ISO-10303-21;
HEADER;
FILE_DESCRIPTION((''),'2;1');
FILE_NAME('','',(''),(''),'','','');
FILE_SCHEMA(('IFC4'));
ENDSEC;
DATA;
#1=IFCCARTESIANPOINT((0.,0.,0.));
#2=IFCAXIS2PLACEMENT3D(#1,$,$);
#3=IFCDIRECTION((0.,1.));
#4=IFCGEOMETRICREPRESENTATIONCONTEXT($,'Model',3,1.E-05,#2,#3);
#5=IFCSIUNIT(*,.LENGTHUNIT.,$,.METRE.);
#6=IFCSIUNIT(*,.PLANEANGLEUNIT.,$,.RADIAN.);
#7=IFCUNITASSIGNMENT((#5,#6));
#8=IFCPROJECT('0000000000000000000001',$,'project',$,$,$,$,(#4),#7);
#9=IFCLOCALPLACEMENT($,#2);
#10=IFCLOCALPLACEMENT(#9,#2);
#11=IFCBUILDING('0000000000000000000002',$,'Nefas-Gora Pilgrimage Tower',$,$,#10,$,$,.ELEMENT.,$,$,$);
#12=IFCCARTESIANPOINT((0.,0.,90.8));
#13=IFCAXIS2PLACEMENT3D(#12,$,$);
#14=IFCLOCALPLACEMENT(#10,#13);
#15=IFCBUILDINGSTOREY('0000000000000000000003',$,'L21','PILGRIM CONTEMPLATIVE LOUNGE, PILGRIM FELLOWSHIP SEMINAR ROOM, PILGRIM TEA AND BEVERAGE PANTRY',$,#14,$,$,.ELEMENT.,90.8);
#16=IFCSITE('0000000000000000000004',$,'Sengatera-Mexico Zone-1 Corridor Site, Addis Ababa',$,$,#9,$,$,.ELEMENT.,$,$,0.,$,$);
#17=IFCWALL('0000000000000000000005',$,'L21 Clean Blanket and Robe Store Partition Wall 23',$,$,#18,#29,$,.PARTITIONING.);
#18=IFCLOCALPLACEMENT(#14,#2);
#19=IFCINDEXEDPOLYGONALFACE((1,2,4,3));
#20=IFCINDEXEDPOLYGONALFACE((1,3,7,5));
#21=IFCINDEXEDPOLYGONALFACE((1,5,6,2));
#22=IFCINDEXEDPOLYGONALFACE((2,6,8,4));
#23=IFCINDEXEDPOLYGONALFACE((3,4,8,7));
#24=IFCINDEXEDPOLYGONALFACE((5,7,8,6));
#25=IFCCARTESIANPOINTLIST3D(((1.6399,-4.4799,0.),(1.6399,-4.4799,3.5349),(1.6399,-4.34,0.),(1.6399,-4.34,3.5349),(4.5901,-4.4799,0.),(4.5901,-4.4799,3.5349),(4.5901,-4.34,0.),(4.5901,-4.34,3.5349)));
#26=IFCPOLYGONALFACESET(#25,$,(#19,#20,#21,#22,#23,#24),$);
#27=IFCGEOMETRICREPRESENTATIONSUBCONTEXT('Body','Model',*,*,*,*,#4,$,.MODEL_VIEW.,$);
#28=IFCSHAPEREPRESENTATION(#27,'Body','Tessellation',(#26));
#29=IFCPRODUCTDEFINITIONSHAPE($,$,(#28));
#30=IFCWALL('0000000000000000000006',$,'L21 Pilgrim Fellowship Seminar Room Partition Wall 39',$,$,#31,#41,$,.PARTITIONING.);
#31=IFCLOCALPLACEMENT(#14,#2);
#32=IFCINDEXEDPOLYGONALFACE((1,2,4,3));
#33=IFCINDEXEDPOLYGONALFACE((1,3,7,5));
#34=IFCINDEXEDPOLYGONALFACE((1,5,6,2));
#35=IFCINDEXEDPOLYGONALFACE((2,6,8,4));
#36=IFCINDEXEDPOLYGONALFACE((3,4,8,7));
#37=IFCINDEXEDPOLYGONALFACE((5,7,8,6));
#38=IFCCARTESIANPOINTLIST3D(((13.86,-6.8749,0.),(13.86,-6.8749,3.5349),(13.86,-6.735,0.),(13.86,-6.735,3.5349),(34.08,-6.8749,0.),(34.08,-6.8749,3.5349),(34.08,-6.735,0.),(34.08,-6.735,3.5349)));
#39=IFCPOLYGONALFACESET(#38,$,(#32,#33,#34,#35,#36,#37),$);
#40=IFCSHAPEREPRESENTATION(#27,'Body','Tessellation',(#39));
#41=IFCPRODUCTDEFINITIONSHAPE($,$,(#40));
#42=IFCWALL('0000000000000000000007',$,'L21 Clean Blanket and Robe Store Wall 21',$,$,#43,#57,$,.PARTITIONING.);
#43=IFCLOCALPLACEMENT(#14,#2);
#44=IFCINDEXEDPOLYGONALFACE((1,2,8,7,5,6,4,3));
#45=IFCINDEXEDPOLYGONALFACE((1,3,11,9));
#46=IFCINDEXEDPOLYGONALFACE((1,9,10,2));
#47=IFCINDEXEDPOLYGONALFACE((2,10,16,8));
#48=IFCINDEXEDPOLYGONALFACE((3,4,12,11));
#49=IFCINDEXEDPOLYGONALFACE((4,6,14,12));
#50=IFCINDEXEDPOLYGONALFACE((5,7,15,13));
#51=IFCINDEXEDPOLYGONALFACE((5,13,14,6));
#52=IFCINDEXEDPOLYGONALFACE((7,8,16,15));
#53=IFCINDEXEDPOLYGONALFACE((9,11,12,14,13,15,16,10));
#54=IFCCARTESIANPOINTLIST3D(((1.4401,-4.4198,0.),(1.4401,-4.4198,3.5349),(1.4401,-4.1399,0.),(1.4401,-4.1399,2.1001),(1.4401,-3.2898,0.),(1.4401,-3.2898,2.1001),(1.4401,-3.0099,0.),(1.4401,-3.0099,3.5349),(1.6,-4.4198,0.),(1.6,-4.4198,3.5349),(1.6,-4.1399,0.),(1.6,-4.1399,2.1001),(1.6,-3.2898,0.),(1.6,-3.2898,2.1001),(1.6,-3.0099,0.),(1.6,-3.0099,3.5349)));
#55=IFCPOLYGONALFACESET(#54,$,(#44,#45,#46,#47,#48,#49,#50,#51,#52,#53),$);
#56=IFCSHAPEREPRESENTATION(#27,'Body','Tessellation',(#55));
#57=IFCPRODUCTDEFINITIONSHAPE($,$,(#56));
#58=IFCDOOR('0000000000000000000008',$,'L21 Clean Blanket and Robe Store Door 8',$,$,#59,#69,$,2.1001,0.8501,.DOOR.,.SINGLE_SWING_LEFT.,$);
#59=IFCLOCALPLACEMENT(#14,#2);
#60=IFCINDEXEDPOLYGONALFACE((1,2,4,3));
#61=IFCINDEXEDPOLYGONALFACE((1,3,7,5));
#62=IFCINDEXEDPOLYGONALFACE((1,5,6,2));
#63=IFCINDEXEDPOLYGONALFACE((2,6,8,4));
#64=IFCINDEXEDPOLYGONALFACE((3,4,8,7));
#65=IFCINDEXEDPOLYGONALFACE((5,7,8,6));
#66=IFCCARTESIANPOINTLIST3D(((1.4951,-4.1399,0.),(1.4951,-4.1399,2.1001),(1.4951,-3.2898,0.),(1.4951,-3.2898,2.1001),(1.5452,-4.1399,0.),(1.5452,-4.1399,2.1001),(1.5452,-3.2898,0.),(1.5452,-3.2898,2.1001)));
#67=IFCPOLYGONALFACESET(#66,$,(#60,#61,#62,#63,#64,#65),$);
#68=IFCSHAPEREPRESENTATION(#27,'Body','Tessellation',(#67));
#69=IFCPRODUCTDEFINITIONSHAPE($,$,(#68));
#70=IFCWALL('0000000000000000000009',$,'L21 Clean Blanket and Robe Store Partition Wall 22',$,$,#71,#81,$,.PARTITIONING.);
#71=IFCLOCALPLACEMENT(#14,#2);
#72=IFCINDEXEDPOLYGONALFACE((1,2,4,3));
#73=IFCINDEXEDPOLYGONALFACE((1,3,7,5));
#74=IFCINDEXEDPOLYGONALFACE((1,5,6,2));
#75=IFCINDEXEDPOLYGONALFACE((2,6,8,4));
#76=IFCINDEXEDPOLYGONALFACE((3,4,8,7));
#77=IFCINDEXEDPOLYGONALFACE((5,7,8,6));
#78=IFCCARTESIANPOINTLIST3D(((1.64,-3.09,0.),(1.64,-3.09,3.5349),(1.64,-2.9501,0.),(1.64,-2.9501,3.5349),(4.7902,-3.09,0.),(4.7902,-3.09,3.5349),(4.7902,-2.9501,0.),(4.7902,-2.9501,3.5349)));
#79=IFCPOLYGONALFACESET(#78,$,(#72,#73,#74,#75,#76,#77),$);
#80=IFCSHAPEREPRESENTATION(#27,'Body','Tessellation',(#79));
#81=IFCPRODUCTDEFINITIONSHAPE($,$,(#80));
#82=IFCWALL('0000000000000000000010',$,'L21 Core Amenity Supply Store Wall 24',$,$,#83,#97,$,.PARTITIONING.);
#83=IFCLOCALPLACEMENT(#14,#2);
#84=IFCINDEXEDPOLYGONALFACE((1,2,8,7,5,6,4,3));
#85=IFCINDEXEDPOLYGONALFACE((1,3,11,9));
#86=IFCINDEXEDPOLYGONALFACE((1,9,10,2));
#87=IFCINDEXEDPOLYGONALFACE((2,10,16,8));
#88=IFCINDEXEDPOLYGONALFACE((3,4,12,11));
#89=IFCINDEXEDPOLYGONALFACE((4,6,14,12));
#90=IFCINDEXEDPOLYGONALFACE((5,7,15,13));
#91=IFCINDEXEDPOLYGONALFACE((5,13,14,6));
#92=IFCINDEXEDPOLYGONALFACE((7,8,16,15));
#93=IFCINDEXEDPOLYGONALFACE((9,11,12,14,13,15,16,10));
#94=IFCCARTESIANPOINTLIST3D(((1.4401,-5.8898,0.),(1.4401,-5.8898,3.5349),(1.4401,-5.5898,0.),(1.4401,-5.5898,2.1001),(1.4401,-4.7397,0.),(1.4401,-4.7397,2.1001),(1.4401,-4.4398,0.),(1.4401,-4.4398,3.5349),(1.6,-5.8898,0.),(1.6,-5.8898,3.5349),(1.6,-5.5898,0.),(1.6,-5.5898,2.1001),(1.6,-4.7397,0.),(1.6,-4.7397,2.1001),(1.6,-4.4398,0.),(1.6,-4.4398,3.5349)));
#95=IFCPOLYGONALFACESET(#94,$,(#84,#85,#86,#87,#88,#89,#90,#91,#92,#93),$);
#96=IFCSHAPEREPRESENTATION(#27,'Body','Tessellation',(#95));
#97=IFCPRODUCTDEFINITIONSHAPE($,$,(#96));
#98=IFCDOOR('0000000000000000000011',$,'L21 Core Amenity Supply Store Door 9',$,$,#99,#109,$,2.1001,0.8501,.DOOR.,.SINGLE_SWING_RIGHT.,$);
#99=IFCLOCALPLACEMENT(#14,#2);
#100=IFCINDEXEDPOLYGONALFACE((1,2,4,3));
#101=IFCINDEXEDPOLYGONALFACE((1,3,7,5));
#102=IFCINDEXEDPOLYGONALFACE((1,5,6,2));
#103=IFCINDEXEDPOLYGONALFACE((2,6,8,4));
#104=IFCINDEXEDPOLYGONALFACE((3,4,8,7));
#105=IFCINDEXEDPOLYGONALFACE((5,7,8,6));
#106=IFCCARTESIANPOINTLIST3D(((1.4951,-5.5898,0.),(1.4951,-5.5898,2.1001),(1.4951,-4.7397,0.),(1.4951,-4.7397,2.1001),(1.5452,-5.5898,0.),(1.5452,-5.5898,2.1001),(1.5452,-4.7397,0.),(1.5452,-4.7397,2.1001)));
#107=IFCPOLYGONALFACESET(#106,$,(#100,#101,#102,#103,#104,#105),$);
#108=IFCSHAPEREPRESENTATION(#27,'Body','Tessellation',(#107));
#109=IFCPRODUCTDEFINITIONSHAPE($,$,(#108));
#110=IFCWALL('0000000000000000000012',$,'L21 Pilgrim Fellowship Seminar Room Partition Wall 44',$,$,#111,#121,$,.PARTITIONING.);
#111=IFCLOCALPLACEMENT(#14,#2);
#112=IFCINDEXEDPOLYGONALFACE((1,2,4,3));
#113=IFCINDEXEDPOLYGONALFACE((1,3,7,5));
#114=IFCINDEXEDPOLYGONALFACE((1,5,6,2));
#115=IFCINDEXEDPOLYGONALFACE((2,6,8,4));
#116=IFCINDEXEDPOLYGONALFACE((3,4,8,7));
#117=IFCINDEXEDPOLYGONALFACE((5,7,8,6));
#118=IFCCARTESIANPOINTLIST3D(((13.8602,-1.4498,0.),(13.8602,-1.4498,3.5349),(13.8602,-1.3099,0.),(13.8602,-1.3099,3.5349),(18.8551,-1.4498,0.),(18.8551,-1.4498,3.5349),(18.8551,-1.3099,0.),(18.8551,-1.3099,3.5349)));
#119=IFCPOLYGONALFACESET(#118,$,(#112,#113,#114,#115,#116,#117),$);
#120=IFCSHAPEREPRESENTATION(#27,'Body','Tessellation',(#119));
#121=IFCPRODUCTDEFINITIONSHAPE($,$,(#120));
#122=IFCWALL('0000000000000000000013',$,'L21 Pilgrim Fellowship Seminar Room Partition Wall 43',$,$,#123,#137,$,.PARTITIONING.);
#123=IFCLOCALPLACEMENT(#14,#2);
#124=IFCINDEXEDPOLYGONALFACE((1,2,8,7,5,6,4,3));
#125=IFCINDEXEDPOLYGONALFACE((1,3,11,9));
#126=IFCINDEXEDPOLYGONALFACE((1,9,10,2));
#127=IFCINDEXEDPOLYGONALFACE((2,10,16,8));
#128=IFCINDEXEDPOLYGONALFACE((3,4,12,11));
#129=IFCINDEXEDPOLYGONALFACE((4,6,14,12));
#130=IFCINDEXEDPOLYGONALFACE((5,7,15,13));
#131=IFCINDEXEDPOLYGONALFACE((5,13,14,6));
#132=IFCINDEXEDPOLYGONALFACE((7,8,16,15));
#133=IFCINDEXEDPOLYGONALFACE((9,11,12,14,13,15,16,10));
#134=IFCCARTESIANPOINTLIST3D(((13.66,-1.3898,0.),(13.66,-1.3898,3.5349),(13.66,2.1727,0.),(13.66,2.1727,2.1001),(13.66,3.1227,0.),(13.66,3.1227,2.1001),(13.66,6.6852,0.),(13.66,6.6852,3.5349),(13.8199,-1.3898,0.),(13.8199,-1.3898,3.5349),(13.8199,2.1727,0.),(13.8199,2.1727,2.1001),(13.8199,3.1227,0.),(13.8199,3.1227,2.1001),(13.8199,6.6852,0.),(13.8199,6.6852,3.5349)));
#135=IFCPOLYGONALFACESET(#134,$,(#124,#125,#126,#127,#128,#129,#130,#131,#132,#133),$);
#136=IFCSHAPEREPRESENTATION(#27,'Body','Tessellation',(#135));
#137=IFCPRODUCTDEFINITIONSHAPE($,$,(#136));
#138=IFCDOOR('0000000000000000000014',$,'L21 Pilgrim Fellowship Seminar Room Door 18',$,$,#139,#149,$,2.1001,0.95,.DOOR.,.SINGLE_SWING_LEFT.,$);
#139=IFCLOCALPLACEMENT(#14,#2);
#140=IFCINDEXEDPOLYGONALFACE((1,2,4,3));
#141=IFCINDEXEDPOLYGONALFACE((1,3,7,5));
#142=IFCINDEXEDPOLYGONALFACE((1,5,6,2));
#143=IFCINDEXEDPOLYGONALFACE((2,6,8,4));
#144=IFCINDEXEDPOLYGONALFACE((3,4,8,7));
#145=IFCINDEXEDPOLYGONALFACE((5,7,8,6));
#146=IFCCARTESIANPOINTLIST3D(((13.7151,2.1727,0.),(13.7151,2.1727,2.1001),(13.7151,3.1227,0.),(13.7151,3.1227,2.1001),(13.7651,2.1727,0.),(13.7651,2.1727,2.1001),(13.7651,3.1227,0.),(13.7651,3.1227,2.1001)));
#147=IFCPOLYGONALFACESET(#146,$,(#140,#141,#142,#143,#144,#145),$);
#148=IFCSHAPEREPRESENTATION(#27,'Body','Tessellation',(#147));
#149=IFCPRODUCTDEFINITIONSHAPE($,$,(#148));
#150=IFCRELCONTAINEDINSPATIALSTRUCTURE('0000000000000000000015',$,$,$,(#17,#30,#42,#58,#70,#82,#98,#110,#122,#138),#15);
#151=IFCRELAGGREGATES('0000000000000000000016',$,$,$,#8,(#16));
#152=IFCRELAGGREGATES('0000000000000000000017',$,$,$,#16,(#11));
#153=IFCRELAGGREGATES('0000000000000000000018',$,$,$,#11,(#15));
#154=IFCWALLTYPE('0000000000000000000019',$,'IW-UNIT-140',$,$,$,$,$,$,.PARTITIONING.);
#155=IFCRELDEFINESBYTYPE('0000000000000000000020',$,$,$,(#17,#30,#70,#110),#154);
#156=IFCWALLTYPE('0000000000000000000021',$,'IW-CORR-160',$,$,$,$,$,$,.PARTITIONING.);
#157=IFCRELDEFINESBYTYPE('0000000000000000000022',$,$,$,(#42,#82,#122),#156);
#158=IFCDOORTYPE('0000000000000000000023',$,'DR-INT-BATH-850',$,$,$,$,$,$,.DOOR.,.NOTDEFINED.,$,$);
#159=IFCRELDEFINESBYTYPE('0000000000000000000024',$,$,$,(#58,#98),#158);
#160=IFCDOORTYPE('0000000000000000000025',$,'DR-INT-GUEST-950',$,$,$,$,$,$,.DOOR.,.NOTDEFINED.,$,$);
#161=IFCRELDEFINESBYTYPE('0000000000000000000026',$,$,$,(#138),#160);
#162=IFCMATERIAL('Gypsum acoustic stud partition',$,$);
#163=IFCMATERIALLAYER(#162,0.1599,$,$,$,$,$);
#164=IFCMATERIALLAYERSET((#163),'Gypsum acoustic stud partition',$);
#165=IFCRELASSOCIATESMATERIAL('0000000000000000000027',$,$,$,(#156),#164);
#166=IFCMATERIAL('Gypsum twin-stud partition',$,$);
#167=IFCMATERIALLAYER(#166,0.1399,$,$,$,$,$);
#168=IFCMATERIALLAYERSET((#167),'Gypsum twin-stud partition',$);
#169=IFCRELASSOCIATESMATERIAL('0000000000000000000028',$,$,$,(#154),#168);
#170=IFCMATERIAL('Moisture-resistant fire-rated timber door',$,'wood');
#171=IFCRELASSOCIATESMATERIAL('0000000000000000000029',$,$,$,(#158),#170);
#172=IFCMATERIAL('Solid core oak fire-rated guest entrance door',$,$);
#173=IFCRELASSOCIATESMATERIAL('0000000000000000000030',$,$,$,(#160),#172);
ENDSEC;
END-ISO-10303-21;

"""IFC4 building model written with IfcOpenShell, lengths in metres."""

from ifc_helpers import new_model, si_unit, direction, frame, frame_2d, origin, place, context, subcontext, project, spatial, rectangle, extrude, source, transform, mapped, material, layer, layer_set, type_object, element, fill, save


model = new_model("IFC4")

# Units and contexts
model_context = context("Model", 3, precision=1e-05, world=origin(), true_north=direction((0.0, 1.0)))
body_context = subcontext(model_context, "Body", "Model", "MODEL_VIEW")
ifc_project = project(units=[si_unit("LENGTHUNIT", "METRE"), si_unit("PLANEANGLEUNIT", "RADIAN")], contexts=[model_context])

# Site, building, storey
site_placement = place(None, origin())
site = spatial("IfcSite", under=ifc_project, at=site_placement, Name="Sengatera-Mexico Zone-1 Corridor Site, Addis Ababa", CompositionType="ELEMENT", RefElevation=0.0)
building_placement = place(site_placement, origin())
building = spatial("IfcBuilding", under=site, at=building_placement, Name="Nefas-Gora Pilgrimage Tower", CompositionType="ELEMENT")
storey_placement = place(building_placement, frame((0.0, 0.0, 90.8)))
storey = spatial("IfcBuildingStorey", under=building, at=storey_placement, Name="L21", Description="PILGRIM CONTEMPLATIVE LOUNGE, PILGRIM FELLOWSHIP SEMINAR ROOM, PILGRIM TEA AND BEVERAGE PANTRY", CompositionType="ELEMENT", Elevation=90.8)

# Walls
ifc_material_1 = material(Name="Gypsum acoustic stud partition")
ifc_layer_1 = layer(ifc_material_1, 0.1599)
ifc_layer_set_1 = layer_set([ifc_layer_1], Name="Gypsum acoustic stud partition")
wall_type_1 = type_object("IfcWallType", Name="IW-CORR-160", PredefinedType="PARTITIONING", material=ifc_layer_set_1)
ifc_material_2 = material(Name="Gypsum twin-stud partition")
ifc_layer_2 = layer(ifc_material_2, 0.1399)
ifc_layer_set_2 = layer_set([ifc_layer_2], Name="Gypsum twin-stud partition")
wall_type_2 = type_object("IfcWallType", Name="IW-UNIT-140", PredefinedType="PARTITIONING", material=ifc_layer_set_2)
shared_shape_1 = source(origin(), body_context, "Body", "SweptSolid", [
    extrude(rectangle(XDim=2.9502, YDim=0.1399, at=frame_2d((1.4751, 0.0))), origin(), (0.0, 0.0, 1.0), 3.5349),
])
wall_1_placement = place(storey_placement, frame((1.6399, -4.4099, 0.0), z_axis=(0.0, 0.0, 1.0), x_axis=(1.0, 0.0, 0.0)))
element("IfcWall", 1, at=wall_1_placement, inside=storey, type_object=wall_type_2, Name="L21 Clean Blanket and Robe Store Partition Wall 23", PredefinedType="PARTITIONING", context=body_context, shape_type="MappedRepresentation", body=[
    mapped(shared_shape_1, transform((0.0, 0.0, 0.0), x_axis=(1.0, 0.0, 0.0), y_axis=(0.0, 1.0, 0.0), z_axis=(0.0, 0.0, 1.0), scale=1.0)),
])
shared_shape_2 = source(origin(), body_context, "Body", "SweptSolid", [
    extrude(rectangle(XDim=20.22, YDim=0.1399, at=frame_2d((10.1099, 0.0))), origin(), (0.0, 0.0, 1.0), 3.5349),
])
wall_2_placement = place(storey_placement, frame((13.8601, -6.8049, 0.0), z_axis=(0.0, 0.0, 1.0), x_axis=(1.0, 0.0, 0.0)))
element("IfcWall", 2, at=wall_2_placement, inside=storey, type_object=wall_type_2, Name="L21 Pilgrim Fellowship Seminar Room Partition Wall 39", PredefinedType="PARTITIONING", context=body_context, shape_type="MappedRepresentation", body=[
    mapped(shared_shape_2, transform((0.0, 0.0, 0.0), x_axis=(1.0, 0.0, 0.0), y_axis=(0.0, 1.0, 0.0), z_axis=(0.0, 0.0, 1.0), scale=1.0)),
])

# Wall, opening, door
shared_shape_3 = source(origin(), body_context, "Body", "SweptSolid", [
    extrude(rectangle(XDim=1.4099, YDim=0.1599, at=frame_2d((0.7051, 0.0))), origin(), (0.0, 0.0, 1.0), 3.5349),
])
wall_3_placement = place(storey_placement, frame((1.52, -4.4199, 0.0), z_axis=(0.0, 0.0, 1.0), x_axis=(0.0, 1.0, 0.0)))
wall_3 = element("IfcWall", 3, at=wall_3_placement, inside=storey, type_object=wall_type_1, Name="L21 Clean Blanket and Robe Store Wall 21", PredefinedType="PARTITIONING", context=body_context, shape_type="MappedRepresentation", body=[
    mapped(shared_shape_3, transform((0.0, 0.0, 0.0), x_axis=(1.0, 0.0, 0.0), y_axis=(0.0, 1.0, 0.0), z_axis=(0.0, 0.0, 1.0), scale=1.0)),
])
opening_1_placement = place(wall_3_placement, frame((0.28, 0.0, 0.0)))
opening_1 = element("IfcOpeningElement", 4, at=opening_1_placement, cuts=wall_3, PredefinedType="OPENING", context=body_context, shape_type="SweptSolid", body=[
    extrude(rectangle(XDim=0.8501, YDim=2.1001, at=frame_2d((0.425, 1.05))), frame((0.0, 0.0898, 0.0), z_axis=(0.0, -1.0, 0.0), x_axis=(1.0, 0.0, 0.0)), (0.0, 0.0, 1.0), 0.1799),
])
ifc_material_3 = material(Name="Moisture-resistant fire-rated timber door", Category="wood")
door_type_1 = type_object("IfcDoorType", Name="DR-INT-BATH-850", OperationType="NOTDEFINED", PredefinedType="DOOR", material=ifc_material_3)
shared_shape_4 = source(origin(), body_context, "Body", "SweptSolid", [
    extrude(rectangle(XDim=0.8501, YDim=2.1001, at=frame_2d((0.425, 1.05))), frame((0.0, 0.0249, 0.0), z_axis=(0.0, -1.0, 0.0), x_axis=(1.0, 0.0, 0.0)), (0.0, 0.0, 1.0), 0.05),
])
door_1_placement = place(opening_1_placement, origin())
door_1 = element("IfcDoor", 5, at=door_1_placement, inside=storey, type_object=door_type_1, Name="L21 Clean Blanket and Robe Store Door 8", OperationType="SINGLE_SWING_LEFT", OverallHeight=2.1001, OverallWidth=0.8501, PredefinedType="DOOR", context=body_context, shape_type="MappedRepresentation", body=[
    mapped(shared_shape_4, transform((0.0, 0.0, 0.0), x_axis=(1.0, 0.0, 0.0), y_axis=(0.0, 1.0, 0.0), z_axis=(0.0, 0.0, 1.0), scale=1.0)),
])
fill(opening_1, door_1)

# Wall
shared_shape_5 = source(origin(), body_context, "Body", "SweptSolid", [
    extrude(rectangle(XDim=3.1501, YDim=0.1399, at=frame_2d((1.5752, 0.0))), origin(), (0.0, 0.0, 1.0), 3.5349),
])
wall_4_placement = place(storey_placement, frame((1.6399, -3.02, 0.0), z_axis=(0.0, 0.0, 1.0), x_axis=(1.0, 0.0, 0.0)))
element("IfcWall", 6, at=wall_4_placement, inside=storey, type_object=wall_type_2, Name="L21 Clean Blanket and Robe Store Partition Wall 22", PredefinedType="PARTITIONING", context=body_context, shape_type="MappedRepresentation", body=[
    mapped(shared_shape_5, transform((0.0, 0.0, 0.0), x_axis=(1.0, 0.0, 0.0), y_axis=(0.0, 1.0, 0.0), z_axis=(0.0, 0.0, 1.0), scale=1.0)),
])

# Wall, opening, door
shared_shape_6 = source(origin(), body_context, "Body", "SweptSolid", [
    extrude(rectangle(XDim=1.45, YDim=0.1599, at=frame_2d((0.7251, 0.0))), origin(), (0.0, 0.0, 1.0), 3.5349),
])
wall_5_placement = place(storey_placement, frame((1.52, -5.8899, 0.0), z_axis=(0.0, 0.0, 1.0), x_axis=(0.0, 1.0, 0.0)))
wall_5 = element("IfcWall", 7, at=wall_5_placement, inside=storey, type_object=wall_type_1, Name="L21 Core Amenity Supply Store Wall 24", PredefinedType="PARTITIONING", context=body_context, shape_type="MappedRepresentation", body=[
    mapped(shared_shape_6, transform((0.0, 0.0, 0.0), x_axis=(1.0, 0.0, 0.0), y_axis=(0.0, 1.0, 0.0), z_axis=(0.0, 0.0, 1.0), scale=1.0)),
])
opening_2_placement = place(wall_5_placement, frame((0.3, 0.0, 0.0)))
opening_2 = element("IfcOpeningElement", 8, at=opening_2_placement, cuts=wall_5, PredefinedType="OPENING", context=body_context, shape_type="SweptSolid", body=[
    extrude(rectangle(XDim=0.8501, YDim=2.1001, at=frame_2d((0.425, 1.05))), frame((0.0, 0.0898, 0.0), z_axis=(0.0, -1.0, 0.0), x_axis=(1.0, 0.0, 0.0)), (0.0, 0.0, 1.0), 0.1799),
])
door_2_placement = place(opening_2_placement, origin())
door_2 = element("IfcDoor", 9, at=door_2_placement, inside=storey, type_object=door_type_1, Name="L21 Core Amenity Supply Store Door 9", OperationType="SINGLE_SWING_RIGHT", OverallHeight=2.1001, OverallWidth=0.8501, PredefinedType="DOOR", context=body_context, shape_type="MappedRepresentation", body=[
    mapped(shared_shape_4, transform((0.0, 0.0, 0.0), x_axis=(1.0, 0.0, 0.0), y_axis=(0.0, 1.0, 0.0), z_axis=(0.0, 0.0, 1.0), scale=1.0)),
])
fill(opening_2, door_2)

# Wall
shared_shape_7 = source(origin(), body_context, "Body", "SweptSolid", [
    extrude(rectangle(XDim=4.9949, YDim=0.1399, at=frame_2d((2.4976, 0.0))), origin(), (0.0, 0.0, 1.0), 3.5349),
])
wall_6_placement = place(storey_placement, frame((13.8601, -1.3799, 0.0), z_axis=(0.0, 0.0, 1.0), x_axis=(1.0, 0.0, 0.0)))
element("IfcWall", 10, at=wall_6_placement, inside=storey, type_object=wall_type_2, Name="L21 Pilgrim Fellowship Seminar Room Partition Wall 44", PredefinedType="PARTITIONING", context=body_context, shape_type="MappedRepresentation", body=[
    mapped(shared_shape_7, transform((0.0, 0.0, 0.0), x_axis=(1.0, 0.0, 0.0), y_axis=(0.0, 1.0, 0.0), z_axis=(0.0, 0.0, 1.0), scale=1.0)),
])

# Wall, opening, door
shared_shape_8 = source(origin(), body_context, "Body", "SweptSolid", [
    extrude(rectangle(XDim=8.075, YDim=0.1599, at=frame_2d((4.0376, 0.0))), origin(), (0.0, 0.0, 1.0), 3.5349),
])
wall_7_placement = place(storey_placement, frame((13.74, -1.3899, 0.0), z_axis=(0.0, 0.0, 1.0), x_axis=(0.0, 1.0, 0.0)))
wall_7 = element("IfcWall", 11, at=wall_7_placement, inside=storey, type_object=wall_type_1, Name="L21 Pilgrim Fellowship Seminar Room Partition Wall 43", PredefinedType="PARTITIONING", context=body_context, shape_type="MappedRepresentation", body=[
    mapped(shared_shape_8, transform((0.0, 0.0, 0.0), x_axis=(1.0, 0.0, 0.0), y_axis=(0.0, 1.0, 0.0), z_axis=(0.0, 0.0, 1.0), scale=1.0)),
])
opening_3_placement = place(wall_7_placement, frame((3.5625, 0.0, 0.0)))
opening_3 = element("IfcOpeningElement", 12, at=opening_3_placement, cuts=wall_7, PredefinedType="OPENING", context=body_context, shape_type="SweptSolid", body=[
    extrude(rectangle(XDim=0.95, YDim=2.1001, at=frame_2d((0.4751, 1.05))), frame((0.0, 0.0898, 0.0), z_axis=(0.0, -1.0, 0.0), x_axis=(1.0, 0.0, 0.0)), (0.0, 0.0, 1.0), 0.1799),
])
ifc_material_4 = material(Name="Solid core oak fire-rated guest entrance door")
door_type_2 = type_object("IfcDoorType", Name="DR-INT-GUEST-950", OperationType="NOTDEFINED", PredefinedType="DOOR", material=ifc_material_4)
shared_shape_9 = source(origin(), body_context, "Body", "SweptSolid", [
    extrude(rectangle(XDim=0.95, YDim=2.1001, at=frame_2d((0.4751, 1.05))), frame((0.0, 0.0249, 0.0), z_axis=(0.0, -1.0, 0.0), x_axis=(1.0, 0.0, 0.0)), (0.0, 0.0, 1.0), 0.05),
])
door_3_placement = place(opening_3_placement, origin())
door_3 = element("IfcDoor", 13, at=door_3_placement, inside=storey, type_object=door_type_2, Name="L21 Pilgrim Fellowship Seminar Room Door 18", OperationType="SINGLE_SWING_LEFT", OverallHeight=2.1001, OverallWidth=0.95, PredefinedType="DOOR", context=body_context, shape_type="MappedRepresentation", body=[
    mapped(shared_shape_9, transform((0.0, 0.0, 0.0), x_axis=(1.0, 0.0, 0.0), y_axis=(0.0, 1.0, 0.0), z_axis=(0.0, 0.0, 1.0), scale=1.0)),
])
fill(opening_3, door_3)

save(model, "model.ifc")
